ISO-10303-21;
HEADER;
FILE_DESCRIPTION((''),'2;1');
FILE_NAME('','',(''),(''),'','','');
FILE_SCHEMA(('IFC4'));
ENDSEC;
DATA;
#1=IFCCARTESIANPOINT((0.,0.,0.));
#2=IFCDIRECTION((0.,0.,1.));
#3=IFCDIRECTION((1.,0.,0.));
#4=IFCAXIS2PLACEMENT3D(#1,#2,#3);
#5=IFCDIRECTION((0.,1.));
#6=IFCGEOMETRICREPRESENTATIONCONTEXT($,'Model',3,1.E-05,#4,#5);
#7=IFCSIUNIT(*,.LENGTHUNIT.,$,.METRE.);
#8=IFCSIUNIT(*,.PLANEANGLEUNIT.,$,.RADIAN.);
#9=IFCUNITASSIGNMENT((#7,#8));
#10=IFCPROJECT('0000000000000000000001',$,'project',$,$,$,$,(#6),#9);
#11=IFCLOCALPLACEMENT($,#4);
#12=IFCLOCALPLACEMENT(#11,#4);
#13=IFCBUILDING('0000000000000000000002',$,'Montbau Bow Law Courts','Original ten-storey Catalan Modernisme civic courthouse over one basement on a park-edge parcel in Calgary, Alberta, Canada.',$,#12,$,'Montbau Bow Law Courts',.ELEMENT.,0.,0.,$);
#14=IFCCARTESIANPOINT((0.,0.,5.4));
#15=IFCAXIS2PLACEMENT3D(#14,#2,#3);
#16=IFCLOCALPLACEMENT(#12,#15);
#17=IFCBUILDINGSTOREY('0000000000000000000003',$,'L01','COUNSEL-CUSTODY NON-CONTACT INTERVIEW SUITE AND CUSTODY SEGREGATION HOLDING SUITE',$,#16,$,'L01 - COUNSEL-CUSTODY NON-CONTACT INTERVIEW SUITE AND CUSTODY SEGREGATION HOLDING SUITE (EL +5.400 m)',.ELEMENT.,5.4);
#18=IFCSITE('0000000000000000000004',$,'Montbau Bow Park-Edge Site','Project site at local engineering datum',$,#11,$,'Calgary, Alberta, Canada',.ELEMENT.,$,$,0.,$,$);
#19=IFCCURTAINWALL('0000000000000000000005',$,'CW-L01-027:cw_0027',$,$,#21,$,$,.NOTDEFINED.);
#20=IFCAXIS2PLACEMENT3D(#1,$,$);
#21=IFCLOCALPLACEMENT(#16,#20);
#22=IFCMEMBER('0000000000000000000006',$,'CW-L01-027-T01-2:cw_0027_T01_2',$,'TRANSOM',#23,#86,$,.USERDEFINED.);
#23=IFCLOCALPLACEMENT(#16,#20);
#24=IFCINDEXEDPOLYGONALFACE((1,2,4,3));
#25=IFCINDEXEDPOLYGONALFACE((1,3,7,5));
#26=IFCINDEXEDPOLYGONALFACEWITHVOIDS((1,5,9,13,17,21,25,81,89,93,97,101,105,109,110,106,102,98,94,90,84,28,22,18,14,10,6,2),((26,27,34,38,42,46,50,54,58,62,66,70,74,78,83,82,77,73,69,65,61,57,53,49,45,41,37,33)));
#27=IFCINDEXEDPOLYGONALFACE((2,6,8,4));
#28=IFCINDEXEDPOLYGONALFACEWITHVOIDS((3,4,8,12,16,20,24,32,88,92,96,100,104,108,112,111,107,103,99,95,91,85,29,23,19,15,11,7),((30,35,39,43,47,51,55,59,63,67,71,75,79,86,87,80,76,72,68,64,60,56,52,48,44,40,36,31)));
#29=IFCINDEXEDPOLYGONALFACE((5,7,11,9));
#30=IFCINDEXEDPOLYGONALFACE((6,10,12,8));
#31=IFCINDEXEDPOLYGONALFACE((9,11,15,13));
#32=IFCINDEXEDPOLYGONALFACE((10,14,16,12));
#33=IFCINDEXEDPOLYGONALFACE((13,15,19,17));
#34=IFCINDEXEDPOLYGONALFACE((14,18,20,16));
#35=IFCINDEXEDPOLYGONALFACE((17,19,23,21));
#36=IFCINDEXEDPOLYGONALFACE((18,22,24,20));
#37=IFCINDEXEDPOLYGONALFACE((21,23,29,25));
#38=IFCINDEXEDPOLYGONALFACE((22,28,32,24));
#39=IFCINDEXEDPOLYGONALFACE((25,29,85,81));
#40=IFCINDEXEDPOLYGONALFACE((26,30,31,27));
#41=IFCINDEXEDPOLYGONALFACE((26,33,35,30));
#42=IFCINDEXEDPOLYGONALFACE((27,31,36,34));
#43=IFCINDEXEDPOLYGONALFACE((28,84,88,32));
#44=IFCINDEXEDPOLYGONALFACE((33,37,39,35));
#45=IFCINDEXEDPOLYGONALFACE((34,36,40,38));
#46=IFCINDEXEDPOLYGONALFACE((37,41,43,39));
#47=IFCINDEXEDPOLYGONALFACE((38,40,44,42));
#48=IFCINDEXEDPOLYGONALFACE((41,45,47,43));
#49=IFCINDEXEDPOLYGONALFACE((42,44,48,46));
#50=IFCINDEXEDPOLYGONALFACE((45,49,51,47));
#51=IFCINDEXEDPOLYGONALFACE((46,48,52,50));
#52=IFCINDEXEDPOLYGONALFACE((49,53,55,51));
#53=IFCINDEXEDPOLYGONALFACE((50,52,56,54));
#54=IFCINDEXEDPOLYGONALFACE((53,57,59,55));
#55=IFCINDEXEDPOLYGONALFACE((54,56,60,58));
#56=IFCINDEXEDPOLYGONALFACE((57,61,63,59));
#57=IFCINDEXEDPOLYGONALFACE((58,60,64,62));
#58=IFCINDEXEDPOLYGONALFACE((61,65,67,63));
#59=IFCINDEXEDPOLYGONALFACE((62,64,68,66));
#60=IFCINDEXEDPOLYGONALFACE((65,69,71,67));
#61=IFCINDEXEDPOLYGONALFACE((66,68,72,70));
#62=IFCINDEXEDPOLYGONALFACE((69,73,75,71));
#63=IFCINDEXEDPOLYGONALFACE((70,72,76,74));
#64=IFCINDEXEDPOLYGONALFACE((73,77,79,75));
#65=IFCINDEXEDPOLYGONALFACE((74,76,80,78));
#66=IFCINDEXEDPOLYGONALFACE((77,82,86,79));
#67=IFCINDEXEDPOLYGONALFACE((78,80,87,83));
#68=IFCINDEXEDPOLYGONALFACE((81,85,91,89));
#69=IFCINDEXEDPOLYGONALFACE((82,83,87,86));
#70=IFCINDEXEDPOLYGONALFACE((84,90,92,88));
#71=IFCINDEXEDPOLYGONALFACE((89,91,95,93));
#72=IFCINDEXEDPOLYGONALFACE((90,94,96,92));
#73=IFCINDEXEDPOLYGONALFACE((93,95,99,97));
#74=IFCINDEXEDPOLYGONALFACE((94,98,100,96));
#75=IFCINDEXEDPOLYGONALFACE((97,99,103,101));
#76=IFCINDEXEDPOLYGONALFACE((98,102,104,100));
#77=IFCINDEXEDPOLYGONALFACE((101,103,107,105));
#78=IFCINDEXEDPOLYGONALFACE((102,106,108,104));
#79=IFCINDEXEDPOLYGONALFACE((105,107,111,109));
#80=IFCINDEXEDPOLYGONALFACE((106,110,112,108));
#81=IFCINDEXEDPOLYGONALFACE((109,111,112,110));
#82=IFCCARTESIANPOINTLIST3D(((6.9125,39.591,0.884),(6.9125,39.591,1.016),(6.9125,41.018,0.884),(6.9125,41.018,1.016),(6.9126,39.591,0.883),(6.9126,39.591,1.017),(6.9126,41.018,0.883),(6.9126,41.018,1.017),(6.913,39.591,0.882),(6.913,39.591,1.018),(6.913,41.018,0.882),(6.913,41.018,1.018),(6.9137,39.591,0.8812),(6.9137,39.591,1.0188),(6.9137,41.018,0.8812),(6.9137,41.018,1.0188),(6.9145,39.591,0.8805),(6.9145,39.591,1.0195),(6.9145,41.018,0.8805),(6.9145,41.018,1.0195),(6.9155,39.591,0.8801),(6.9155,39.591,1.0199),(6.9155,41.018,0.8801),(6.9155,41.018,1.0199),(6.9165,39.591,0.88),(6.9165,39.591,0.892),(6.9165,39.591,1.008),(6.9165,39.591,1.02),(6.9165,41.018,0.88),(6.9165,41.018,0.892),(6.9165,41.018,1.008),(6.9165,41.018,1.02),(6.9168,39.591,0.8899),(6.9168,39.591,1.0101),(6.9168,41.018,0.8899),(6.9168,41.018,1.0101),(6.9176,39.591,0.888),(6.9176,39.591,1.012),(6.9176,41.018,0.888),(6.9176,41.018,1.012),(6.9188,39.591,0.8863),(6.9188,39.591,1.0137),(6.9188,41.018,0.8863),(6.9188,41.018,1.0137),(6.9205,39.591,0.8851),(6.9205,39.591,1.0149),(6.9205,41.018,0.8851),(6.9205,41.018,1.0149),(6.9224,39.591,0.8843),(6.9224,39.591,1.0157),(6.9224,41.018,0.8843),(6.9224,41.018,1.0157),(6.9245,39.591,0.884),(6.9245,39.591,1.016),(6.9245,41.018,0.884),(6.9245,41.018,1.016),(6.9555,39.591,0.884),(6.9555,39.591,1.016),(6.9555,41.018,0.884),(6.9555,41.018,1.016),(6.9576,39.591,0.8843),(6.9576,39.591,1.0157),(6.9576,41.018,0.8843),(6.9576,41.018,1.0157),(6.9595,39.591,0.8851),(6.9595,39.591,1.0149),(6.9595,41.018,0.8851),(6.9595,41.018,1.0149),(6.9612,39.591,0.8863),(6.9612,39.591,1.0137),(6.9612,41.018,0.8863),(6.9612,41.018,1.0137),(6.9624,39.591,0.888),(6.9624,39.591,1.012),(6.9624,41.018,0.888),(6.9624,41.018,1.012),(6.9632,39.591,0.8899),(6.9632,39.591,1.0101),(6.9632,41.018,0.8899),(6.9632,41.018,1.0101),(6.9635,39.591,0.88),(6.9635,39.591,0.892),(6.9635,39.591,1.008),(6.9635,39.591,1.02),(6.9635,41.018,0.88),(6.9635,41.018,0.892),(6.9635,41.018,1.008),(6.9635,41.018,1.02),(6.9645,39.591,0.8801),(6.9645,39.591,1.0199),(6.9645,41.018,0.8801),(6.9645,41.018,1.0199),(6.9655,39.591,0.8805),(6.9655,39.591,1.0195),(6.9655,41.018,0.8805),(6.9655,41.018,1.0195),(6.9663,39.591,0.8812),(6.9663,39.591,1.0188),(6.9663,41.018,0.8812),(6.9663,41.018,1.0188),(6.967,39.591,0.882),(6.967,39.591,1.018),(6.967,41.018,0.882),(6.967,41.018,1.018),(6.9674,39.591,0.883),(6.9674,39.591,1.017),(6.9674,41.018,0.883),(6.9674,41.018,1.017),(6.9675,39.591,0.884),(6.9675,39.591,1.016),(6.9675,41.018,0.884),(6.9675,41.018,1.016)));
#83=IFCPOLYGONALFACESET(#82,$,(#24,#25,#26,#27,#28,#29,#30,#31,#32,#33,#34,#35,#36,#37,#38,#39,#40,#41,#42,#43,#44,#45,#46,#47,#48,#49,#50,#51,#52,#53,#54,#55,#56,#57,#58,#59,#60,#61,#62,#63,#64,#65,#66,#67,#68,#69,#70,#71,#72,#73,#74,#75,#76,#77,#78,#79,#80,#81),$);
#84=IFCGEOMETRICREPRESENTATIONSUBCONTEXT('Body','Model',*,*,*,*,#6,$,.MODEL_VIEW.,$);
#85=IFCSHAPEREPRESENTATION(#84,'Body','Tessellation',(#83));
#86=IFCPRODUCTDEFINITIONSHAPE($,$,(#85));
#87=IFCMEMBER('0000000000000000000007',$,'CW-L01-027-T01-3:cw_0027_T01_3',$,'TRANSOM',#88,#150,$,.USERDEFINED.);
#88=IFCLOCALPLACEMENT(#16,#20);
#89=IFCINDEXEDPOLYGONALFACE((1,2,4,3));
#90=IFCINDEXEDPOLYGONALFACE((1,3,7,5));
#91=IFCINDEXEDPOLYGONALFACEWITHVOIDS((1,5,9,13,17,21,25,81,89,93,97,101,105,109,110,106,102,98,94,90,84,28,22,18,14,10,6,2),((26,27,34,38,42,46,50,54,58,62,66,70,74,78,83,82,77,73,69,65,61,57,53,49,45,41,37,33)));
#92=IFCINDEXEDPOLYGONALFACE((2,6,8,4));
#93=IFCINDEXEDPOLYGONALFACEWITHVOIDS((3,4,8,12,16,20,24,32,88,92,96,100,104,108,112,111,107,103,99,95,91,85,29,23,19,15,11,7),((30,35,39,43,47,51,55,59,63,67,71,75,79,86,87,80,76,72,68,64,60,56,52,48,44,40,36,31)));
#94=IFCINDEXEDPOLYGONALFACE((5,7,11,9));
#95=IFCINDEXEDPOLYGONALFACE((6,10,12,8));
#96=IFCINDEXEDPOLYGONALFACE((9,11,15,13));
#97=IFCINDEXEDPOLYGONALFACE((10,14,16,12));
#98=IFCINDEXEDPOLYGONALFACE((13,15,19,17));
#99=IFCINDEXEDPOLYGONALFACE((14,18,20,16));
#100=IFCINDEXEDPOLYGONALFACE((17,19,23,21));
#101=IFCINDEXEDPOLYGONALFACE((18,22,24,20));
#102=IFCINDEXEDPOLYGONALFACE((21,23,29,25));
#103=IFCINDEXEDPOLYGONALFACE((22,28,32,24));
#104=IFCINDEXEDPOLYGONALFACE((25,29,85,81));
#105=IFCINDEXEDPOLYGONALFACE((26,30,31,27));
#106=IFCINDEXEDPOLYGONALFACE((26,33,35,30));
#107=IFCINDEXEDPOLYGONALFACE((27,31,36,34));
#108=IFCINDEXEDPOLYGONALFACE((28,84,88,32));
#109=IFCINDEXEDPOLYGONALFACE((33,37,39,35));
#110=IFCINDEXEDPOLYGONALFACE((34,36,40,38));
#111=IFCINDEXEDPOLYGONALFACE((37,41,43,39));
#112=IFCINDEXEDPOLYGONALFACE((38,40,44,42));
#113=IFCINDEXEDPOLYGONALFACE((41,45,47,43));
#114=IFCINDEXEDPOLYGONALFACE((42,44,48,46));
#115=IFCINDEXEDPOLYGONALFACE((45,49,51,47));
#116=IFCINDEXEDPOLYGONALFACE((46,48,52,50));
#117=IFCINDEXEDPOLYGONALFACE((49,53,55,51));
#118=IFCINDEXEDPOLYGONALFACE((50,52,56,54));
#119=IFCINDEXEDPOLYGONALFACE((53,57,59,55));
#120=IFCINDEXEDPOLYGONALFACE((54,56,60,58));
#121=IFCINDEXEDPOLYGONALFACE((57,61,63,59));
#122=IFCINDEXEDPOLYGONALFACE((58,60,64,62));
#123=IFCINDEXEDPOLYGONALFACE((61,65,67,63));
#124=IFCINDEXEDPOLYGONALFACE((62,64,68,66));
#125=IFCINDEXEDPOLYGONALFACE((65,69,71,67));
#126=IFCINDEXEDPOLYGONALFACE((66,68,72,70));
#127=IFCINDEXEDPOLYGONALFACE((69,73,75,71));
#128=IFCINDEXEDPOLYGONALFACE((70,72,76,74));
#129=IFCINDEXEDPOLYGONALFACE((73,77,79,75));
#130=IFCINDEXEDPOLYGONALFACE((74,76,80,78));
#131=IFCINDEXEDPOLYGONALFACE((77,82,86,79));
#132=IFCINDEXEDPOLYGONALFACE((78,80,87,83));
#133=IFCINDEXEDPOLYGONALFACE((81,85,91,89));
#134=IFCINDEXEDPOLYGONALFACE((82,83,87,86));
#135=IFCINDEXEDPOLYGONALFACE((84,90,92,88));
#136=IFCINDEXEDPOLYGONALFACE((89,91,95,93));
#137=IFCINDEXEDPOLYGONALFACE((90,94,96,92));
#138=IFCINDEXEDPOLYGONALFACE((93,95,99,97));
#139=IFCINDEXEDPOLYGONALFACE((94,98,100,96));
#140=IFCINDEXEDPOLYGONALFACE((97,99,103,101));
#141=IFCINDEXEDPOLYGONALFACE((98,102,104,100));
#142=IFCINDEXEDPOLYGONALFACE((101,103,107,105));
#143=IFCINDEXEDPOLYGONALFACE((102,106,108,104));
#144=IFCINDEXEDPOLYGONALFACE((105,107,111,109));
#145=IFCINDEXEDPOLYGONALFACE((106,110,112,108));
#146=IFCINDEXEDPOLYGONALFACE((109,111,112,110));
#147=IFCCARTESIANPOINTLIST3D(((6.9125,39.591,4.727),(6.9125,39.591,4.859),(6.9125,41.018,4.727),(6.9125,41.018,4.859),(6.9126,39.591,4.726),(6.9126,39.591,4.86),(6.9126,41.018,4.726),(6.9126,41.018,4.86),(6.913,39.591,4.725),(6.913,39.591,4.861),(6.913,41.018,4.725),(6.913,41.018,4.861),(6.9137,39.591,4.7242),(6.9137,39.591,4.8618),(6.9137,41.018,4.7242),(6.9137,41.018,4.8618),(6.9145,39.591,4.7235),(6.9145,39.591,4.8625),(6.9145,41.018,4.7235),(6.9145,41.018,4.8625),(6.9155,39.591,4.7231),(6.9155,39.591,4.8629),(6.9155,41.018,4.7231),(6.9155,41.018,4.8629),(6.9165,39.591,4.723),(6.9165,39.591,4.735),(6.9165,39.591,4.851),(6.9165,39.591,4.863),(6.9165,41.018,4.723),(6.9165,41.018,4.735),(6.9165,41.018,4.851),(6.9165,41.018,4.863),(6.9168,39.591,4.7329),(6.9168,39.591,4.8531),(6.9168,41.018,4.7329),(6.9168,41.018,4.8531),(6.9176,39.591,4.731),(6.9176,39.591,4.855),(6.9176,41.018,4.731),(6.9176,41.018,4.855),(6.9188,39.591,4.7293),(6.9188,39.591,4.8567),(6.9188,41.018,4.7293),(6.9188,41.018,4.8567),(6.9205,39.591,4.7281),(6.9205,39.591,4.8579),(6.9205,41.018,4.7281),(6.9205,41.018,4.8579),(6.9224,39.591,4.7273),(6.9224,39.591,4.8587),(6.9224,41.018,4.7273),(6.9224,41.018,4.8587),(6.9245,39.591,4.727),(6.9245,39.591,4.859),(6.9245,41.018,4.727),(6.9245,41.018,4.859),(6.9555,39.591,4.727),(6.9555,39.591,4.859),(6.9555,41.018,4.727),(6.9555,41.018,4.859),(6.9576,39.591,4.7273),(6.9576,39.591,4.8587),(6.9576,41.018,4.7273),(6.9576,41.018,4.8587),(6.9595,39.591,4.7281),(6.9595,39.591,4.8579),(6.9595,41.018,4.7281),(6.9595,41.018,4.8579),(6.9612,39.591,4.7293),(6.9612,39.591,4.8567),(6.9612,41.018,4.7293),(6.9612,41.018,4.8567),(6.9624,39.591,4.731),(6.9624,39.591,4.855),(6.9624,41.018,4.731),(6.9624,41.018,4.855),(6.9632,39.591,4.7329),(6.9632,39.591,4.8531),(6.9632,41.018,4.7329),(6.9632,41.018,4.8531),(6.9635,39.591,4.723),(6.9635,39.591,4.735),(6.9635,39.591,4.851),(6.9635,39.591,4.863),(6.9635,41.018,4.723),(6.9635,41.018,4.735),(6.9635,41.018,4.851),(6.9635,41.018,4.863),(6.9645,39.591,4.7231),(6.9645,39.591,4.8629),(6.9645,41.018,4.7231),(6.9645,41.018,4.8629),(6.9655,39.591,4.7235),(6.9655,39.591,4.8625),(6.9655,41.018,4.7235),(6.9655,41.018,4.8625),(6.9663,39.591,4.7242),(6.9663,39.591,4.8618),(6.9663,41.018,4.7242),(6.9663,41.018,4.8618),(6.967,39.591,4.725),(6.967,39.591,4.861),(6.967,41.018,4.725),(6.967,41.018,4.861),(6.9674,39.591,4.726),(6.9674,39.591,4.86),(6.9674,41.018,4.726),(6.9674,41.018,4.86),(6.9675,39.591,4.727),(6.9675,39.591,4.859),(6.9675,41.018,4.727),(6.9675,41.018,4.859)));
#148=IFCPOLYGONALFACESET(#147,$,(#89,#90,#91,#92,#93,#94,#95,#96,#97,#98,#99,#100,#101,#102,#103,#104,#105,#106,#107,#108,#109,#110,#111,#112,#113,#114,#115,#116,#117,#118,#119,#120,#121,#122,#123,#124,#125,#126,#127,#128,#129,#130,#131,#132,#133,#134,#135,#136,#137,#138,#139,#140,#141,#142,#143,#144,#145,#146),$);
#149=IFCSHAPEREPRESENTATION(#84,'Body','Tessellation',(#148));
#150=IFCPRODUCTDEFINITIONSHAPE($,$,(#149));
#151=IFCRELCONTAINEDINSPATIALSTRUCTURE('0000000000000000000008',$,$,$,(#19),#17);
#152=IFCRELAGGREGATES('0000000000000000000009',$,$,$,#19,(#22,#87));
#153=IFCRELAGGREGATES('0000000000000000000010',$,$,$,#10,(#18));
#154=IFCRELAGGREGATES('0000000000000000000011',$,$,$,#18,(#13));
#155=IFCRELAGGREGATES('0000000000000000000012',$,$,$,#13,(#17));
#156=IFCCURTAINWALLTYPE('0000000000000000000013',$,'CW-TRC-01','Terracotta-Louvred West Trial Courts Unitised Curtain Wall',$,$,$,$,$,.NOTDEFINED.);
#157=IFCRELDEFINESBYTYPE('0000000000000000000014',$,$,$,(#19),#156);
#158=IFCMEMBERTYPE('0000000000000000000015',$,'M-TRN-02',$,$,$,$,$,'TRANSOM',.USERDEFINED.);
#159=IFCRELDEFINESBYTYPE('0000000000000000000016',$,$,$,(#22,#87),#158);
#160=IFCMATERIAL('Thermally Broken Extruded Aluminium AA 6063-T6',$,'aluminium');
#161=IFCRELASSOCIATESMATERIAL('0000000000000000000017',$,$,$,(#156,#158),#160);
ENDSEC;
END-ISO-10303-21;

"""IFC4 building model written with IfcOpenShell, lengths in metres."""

from ifc_helpers import new_model, si_unit, direction, frame, origin_with_axes, origin_2d_with_axis, place, context, subcontext, project, spatial, hollow_rectangle, extrude, material, material_profile, profile_set, type_object, element, aggregate, save


model = new_model("IFC4")

# Units and contexts
model_context = context("Model", 3, precision=1e-05, world=origin_with_axes(), true_north=direction((0.0, 1.0)))
body_context = subcontext(model_context, "Body", "Model", "MODEL_VIEW")
ifc_project = project(units=[si_unit("LENGTHUNIT", "METRE"), si_unit("PLANEANGLEUNIT", "RADIAN")], contexts=[model_context])

# Site, building, storey
site_placement = place(None, origin_with_axes())
site = spatial("IfcSite", under=ifc_project, at=site_placement, Name="Montbau Bow Park-Edge Site", Description="Project site at local engineering datum", LongName="Calgary, Alberta, Canada", CompositionType="ELEMENT", RefElevation=0.0)
building_placement = place(site_placement, origin_with_axes())
building = spatial("IfcBuilding", under=site, at=building_placement, Name="Montbau Bow Law Courts", Description="Original ten-storey Catalan Modernisme civic courthouse over one basement on a park-edge parcel in Calgary, Alberta, Canada.", LongName="Montbau Bow Law Courts", CompositionType="ELEMENT", ElevationOfRefHeight=0.0, ElevationOfTerrain=0.0)
storey_placement = place(building_placement, frame((0.0, 0.0, 5.4), z_axis=(0.0, 0.0, 1.0), x_axis=(1.0, 0.0, 0.0)))
storey = spatial("IfcBuildingStorey", under=building, at=storey_placement, Name="L01", Description="COUNSEL-CUSTODY NON-CONTACT INTERVIEW SUITE AND CUSTODY SEGREGATION HOLDING SUITE", LongName="L01 - COUNSEL-CUSTODY NON-CONTACT INTERVIEW SUITE AND CUSTODY SEGREGATION HOLDING SUITE (EL +5.400 m)", CompositionType="ELEMENT", Elevation=5.4)

# Curtain wall
ifc_material_1 = material(Name="Thermally Broken Extruded Aluminium AA 6063-T6", Category="aluminium")
curtain_wall_type = type_object("IfcCurtainWallType", Name="CW-TRC-01", Description="Terracotta-Louvred West Trial Courts Unitised Curtain Wall", PredefinedType="NOTDEFINED", material=ifc_material_1)
curtain_wall_1_placement = place(None, frame((6.94, 39.515, 5.4), z_axis=(0.0, 0.0, 1.0), x_axis=(1.0, 0.0, 0.0)))
curtain_wall_1 = element("IfcCurtainWall", 1, at=curtain_wall_1_placement, inside=storey, type_object=curtain_wall_type, Name="CW-L01-027:cw_0027", PredefinedType="NOTDEFINED")

# Members
ifc_material_profile_1 = material_profile(ifc_material_1, hollow_rectangle(XDim=0.055, YDim=0.14, WallThickness=0.004, InnerFilletRadius=0.008, OuterFilletRadius=0.004, at=origin_2d_with_axis()), Name="CWT-140X55", Category="Main", Priority=0)
ifc_profile_set_1 = profile_set([ifc_material_profile_1], Name="Thermally Broken Extruded Aluminium AA 6063-T6")
member_type_1 = type_object("IfcMemberType", Name="M-TRN-02", ElementType="TRANSOM", PredefinedType="USERDEFINED", material=ifc_profile_set_1)
member_1_placement = place(None, frame((6.94, 39.591, 6.35), z_axis=(0.0, 1.0, 0.0), x_axis=(-1.0, 0.0, 0.0)))
member_1 = element("IfcMember", 2, at=member_1_placement, type_object=member_type_1, Name="CW-L01-027-T01-2:cw_0027_T01_2", ObjectType="TRANSOM", PredefinedType="USERDEFINED", context=body_context, shape_type="SweptSolid", body=[
    extrude(hollow_rectangle(XDim=0.055, YDim=0.14, WallThickness=0.004, InnerFilletRadius=0.008, OuterFilletRadius=0.004, at=origin_2d_with_axis()), origin_with_axes(), (0.0, 0.0, 1.0), 1.427),
])
member_2_placement = place(None, frame((6.94, 39.591, 10.193), z_axis=(0.0, 1.0, 0.0), x_axis=(-1.0, 0.0, 0.0)))
member_2 = element("IfcMember", 3, at=member_2_placement, type_object=member_type_1, Name="CW-L01-027-T01-3:cw_0027_T01_3", ObjectType="TRANSOM", PredefinedType="USERDEFINED", context=body_context, shape_type="SweptSolid", body=[
    extrude(hollow_rectangle(XDim=0.055, YDim=0.14, WallThickness=0.004, InnerFilletRadius=0.008, OuterFilletRadius=0.004, at=origin_2d_with_axis()), origin_with_axes(), (0.0, 0.0, 1.0), 1.427),
])

aggregate(curtain_wall_1, [member_1, member_2])

save(model, "model.ifc")
